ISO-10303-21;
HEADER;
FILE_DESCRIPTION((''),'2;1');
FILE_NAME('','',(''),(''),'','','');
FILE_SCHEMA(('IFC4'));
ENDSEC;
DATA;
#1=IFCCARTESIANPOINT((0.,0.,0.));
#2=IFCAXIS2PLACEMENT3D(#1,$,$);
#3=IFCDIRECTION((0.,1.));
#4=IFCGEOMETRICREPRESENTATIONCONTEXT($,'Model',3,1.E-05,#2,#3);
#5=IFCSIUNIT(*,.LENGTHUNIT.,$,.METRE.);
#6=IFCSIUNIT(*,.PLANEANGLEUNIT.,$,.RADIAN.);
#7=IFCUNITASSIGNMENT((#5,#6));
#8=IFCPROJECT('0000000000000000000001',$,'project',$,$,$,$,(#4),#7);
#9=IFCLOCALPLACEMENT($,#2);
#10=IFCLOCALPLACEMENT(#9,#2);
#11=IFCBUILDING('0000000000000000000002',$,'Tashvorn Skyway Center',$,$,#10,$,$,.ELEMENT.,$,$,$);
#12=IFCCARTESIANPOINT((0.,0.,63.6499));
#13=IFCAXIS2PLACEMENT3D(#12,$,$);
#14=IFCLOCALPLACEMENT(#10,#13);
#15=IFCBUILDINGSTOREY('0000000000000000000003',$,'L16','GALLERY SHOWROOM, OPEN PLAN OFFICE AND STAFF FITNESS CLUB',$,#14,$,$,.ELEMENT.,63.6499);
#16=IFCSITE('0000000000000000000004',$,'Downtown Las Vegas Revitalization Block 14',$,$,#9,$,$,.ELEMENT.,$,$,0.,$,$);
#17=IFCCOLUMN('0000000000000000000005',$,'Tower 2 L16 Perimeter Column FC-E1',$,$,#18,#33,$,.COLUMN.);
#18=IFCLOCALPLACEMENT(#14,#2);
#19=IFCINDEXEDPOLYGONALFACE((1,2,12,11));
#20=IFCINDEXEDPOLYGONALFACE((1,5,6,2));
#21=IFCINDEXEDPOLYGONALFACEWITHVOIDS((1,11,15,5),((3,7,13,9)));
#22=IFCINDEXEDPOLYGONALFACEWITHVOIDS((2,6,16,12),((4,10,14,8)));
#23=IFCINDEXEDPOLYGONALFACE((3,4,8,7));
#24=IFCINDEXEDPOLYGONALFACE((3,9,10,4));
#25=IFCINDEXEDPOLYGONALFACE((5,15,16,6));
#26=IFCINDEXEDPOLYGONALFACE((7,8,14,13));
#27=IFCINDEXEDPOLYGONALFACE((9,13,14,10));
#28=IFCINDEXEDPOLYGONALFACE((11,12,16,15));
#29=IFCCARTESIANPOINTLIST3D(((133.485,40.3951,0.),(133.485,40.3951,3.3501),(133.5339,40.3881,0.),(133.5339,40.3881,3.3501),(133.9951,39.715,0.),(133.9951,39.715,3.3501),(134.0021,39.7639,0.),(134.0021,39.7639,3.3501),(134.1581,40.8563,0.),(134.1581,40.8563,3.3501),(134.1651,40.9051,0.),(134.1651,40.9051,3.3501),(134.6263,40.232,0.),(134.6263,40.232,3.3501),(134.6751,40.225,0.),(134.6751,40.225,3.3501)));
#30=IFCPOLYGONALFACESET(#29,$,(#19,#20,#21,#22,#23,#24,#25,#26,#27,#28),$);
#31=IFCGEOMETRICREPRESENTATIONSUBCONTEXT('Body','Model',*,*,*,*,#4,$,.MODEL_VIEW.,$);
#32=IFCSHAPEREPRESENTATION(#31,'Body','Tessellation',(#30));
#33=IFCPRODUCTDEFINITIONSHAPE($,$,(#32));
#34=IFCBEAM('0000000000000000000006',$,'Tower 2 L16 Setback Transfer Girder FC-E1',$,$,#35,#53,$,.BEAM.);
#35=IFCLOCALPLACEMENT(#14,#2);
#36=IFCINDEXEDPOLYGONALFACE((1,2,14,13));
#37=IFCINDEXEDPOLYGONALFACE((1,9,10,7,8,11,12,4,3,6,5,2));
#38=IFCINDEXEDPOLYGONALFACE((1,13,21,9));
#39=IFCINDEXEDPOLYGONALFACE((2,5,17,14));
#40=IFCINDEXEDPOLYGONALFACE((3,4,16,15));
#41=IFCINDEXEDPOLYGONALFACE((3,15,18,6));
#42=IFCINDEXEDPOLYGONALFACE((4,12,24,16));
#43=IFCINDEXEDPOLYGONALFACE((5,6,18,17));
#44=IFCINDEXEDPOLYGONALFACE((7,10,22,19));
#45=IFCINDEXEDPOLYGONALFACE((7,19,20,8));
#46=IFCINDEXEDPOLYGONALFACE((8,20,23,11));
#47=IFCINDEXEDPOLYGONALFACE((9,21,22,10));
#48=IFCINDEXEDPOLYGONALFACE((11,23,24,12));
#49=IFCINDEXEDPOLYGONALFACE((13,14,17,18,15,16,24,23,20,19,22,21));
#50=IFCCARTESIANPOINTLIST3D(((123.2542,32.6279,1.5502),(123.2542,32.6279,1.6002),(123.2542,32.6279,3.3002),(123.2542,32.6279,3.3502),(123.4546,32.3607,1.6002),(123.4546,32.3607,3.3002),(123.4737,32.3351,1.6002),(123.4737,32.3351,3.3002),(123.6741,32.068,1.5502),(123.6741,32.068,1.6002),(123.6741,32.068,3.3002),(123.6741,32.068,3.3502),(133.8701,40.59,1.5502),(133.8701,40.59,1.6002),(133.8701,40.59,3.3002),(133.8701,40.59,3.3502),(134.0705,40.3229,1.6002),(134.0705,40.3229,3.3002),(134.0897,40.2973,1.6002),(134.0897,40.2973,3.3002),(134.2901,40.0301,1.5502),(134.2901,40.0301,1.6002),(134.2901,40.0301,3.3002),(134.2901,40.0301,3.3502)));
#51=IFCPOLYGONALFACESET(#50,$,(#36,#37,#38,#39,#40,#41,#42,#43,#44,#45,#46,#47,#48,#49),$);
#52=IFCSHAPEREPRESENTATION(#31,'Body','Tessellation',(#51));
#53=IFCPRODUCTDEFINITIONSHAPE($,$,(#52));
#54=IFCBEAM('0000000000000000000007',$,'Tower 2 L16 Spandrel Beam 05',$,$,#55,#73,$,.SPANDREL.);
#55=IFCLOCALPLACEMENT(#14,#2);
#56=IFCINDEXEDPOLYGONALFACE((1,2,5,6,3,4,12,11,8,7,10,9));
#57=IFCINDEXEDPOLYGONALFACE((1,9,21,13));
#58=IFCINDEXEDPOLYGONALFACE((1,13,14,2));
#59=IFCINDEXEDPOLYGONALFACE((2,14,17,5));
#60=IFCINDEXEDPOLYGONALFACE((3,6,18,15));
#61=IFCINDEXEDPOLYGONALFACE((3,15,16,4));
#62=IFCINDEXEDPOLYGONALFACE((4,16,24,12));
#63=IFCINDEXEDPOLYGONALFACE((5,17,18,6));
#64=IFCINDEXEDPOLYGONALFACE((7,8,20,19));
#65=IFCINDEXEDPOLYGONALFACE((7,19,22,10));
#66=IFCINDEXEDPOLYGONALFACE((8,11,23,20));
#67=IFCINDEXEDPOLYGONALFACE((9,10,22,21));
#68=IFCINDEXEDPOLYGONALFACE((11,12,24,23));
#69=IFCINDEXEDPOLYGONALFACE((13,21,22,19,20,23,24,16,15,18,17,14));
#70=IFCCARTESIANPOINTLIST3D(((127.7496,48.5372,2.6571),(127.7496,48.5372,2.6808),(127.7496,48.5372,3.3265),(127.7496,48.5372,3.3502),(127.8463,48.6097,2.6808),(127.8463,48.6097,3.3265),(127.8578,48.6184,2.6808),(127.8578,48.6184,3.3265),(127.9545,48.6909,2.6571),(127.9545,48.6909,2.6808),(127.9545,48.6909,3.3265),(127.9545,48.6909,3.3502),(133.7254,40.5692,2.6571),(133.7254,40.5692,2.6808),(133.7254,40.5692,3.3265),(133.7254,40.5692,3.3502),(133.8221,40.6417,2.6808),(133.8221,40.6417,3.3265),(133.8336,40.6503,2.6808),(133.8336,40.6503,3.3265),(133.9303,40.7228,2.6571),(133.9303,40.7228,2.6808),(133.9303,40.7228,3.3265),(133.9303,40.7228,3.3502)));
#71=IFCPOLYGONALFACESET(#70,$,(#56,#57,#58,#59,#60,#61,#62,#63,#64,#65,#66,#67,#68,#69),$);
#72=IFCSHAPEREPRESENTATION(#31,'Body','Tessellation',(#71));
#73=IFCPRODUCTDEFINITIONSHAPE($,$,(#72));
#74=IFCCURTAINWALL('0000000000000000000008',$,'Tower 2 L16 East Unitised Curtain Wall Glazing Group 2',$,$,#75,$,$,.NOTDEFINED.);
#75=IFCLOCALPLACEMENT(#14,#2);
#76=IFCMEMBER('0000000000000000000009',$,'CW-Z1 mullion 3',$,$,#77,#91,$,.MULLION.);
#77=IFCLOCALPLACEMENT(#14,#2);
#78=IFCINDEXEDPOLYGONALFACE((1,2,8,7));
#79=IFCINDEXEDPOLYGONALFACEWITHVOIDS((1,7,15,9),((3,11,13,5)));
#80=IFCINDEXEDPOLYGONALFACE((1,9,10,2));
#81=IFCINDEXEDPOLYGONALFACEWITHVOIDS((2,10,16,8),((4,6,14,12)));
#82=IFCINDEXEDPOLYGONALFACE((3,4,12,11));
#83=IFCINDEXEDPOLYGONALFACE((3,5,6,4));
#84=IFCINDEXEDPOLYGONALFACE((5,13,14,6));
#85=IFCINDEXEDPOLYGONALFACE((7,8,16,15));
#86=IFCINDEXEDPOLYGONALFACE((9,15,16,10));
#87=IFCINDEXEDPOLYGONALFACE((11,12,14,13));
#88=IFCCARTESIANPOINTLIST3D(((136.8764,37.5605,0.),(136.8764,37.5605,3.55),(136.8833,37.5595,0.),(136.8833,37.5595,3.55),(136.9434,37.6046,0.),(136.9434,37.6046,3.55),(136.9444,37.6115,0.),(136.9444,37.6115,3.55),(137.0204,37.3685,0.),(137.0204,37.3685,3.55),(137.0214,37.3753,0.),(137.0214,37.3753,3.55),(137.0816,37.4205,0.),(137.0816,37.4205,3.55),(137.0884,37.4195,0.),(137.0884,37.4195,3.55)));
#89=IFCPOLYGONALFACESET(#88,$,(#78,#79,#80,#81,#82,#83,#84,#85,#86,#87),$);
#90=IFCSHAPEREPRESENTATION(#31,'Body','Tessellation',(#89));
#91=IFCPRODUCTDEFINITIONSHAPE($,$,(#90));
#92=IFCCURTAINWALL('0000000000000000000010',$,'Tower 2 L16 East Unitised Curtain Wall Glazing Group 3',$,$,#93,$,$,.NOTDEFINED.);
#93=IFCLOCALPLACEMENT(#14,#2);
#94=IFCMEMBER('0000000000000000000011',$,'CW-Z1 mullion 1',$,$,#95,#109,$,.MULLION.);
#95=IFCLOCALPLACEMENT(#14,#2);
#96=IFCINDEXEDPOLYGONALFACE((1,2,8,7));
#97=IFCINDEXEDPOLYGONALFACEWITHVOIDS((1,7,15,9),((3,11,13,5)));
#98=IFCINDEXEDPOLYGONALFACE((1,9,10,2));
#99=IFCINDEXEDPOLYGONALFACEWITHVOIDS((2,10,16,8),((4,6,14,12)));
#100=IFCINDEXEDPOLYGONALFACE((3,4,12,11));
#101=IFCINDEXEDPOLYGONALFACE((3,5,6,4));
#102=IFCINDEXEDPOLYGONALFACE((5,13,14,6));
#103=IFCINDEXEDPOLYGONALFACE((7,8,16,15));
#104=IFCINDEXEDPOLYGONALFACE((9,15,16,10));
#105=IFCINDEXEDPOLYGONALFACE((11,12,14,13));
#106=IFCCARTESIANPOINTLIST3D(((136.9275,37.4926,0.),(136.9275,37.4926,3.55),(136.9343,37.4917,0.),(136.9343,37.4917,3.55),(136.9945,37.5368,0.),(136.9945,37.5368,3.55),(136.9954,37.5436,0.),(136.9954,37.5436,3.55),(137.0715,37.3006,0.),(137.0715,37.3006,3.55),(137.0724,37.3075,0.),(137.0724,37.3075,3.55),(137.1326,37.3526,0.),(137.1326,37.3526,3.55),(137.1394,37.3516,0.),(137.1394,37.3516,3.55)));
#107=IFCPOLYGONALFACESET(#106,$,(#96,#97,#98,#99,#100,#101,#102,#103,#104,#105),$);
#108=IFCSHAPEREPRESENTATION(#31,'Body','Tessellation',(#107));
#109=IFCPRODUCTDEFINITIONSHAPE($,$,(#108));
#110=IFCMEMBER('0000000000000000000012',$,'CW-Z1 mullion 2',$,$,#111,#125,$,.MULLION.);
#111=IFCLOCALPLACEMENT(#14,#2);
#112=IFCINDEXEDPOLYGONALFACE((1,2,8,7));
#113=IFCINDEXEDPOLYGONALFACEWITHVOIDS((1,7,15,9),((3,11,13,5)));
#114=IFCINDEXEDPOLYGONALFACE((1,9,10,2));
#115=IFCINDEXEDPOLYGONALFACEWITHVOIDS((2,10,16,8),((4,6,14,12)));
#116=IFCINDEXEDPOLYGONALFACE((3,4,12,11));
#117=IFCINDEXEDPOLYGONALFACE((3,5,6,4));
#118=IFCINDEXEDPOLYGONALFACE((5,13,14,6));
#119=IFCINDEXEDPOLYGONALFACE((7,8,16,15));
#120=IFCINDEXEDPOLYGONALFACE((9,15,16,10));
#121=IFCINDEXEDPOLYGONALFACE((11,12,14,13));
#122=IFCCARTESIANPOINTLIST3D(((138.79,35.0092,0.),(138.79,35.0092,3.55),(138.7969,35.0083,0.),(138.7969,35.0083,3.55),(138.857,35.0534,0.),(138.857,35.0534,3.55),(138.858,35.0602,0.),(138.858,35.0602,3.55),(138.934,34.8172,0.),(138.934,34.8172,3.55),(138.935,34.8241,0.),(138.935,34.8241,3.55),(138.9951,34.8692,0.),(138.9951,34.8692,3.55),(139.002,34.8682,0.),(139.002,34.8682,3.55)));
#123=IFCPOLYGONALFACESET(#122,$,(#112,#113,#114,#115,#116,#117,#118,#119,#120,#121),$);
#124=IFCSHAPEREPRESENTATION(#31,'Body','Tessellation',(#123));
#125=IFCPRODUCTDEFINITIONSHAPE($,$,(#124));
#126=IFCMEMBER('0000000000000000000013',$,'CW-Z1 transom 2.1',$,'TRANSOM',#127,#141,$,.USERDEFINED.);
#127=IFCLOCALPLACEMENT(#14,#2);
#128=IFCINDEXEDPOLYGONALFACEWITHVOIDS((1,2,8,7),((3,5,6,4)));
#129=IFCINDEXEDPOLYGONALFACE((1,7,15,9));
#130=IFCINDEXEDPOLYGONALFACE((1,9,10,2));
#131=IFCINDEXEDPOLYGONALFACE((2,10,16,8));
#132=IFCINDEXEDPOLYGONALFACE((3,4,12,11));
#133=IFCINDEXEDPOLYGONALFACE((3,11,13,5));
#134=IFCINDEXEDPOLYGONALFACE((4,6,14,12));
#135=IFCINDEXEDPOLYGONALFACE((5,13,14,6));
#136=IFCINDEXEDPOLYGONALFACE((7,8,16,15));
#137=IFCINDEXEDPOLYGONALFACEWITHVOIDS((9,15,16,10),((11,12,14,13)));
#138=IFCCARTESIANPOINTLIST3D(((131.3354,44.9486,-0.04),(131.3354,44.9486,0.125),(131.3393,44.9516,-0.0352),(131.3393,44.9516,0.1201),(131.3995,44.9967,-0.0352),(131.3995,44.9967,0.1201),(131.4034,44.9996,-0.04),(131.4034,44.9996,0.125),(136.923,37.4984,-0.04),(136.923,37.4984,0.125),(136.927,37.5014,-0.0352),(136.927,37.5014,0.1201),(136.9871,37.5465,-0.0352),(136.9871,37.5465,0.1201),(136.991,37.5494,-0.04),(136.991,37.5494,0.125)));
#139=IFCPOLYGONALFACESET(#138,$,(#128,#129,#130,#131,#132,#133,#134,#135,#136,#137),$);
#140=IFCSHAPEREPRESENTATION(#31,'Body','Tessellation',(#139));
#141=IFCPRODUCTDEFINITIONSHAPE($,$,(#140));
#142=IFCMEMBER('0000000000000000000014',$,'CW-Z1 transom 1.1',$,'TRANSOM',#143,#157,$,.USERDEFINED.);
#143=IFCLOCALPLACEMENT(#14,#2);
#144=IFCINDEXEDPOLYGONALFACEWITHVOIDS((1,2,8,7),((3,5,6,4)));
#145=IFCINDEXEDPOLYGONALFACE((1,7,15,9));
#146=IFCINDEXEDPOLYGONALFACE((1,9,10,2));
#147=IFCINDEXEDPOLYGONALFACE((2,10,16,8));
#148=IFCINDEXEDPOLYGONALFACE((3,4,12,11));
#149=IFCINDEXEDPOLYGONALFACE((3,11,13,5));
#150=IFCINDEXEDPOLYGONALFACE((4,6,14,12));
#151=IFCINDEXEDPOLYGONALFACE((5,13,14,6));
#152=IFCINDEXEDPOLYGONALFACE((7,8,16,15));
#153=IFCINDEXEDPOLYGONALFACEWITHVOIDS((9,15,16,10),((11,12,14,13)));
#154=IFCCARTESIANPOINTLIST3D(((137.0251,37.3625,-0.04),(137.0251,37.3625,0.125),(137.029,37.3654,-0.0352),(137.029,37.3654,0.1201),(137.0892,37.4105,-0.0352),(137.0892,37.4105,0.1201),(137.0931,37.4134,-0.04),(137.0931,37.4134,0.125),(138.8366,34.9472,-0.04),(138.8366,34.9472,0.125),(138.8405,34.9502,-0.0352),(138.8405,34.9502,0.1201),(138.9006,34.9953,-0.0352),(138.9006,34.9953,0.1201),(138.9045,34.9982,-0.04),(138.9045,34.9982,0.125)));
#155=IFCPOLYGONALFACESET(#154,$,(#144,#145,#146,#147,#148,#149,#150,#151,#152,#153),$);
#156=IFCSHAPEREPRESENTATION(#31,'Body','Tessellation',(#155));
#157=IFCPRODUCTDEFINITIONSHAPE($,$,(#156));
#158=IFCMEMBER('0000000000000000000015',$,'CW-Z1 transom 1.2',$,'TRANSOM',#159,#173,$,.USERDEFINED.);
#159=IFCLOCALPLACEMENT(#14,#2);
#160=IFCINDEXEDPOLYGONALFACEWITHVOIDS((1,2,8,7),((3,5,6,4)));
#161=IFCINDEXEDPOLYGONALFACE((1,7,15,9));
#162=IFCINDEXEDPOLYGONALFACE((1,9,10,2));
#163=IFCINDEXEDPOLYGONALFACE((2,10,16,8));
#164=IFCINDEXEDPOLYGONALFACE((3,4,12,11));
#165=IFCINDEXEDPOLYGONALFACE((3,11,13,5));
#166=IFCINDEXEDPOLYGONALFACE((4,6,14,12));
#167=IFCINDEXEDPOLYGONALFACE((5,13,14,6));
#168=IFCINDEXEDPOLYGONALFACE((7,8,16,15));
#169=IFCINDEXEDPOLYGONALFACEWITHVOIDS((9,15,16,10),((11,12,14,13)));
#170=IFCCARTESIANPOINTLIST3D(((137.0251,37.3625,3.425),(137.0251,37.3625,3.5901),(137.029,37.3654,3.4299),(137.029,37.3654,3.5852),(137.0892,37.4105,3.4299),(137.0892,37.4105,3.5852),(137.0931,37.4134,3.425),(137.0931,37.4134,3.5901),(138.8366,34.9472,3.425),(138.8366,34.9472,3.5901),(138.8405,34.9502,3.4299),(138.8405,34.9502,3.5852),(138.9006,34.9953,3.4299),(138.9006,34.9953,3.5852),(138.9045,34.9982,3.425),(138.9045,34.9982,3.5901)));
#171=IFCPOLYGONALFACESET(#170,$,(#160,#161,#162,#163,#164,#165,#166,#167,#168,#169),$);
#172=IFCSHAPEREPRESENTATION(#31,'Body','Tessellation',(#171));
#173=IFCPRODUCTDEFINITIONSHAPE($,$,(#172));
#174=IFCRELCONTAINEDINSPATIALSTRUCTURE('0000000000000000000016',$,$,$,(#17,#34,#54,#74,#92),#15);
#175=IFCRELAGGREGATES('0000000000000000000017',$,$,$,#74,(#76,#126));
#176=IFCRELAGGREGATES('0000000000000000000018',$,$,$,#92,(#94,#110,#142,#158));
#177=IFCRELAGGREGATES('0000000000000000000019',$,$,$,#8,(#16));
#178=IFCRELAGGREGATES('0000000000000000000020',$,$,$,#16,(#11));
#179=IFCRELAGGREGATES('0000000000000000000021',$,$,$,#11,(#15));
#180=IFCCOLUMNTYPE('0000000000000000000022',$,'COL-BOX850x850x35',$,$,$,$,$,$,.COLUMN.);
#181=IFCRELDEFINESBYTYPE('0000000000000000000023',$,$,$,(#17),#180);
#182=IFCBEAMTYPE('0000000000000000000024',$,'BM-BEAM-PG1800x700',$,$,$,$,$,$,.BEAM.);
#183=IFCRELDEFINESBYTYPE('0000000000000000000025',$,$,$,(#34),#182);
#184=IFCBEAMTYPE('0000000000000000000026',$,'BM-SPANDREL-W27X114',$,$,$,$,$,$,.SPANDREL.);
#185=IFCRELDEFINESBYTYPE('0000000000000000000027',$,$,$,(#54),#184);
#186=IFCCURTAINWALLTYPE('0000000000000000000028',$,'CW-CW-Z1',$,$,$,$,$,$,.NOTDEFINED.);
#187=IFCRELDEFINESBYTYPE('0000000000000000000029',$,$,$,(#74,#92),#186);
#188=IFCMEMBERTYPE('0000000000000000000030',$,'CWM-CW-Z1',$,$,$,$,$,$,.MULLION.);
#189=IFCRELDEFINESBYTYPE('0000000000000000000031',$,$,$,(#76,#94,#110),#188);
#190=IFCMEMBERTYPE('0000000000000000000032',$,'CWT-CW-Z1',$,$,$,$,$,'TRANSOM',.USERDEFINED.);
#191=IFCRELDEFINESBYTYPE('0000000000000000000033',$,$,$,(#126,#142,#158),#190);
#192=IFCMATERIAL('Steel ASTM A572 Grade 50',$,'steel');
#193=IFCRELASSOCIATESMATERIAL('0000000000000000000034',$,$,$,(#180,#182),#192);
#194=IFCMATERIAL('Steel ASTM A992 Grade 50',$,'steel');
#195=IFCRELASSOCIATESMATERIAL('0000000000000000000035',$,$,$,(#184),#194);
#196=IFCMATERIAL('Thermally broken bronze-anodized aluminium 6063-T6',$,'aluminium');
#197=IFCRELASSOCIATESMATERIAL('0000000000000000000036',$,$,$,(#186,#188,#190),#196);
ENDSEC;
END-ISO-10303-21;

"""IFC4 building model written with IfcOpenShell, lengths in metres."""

from ifc_helpers import new_model, si_unit, direction, frame, origin, origin_2d, place, context, subcontext, project, spatial, hollow_rectangle, i_section, extrude, material, material_profile, profile_set, type_object, element, aggregate, save


model = new_model("IFC4")

# Units and contexts
model_context = context("Model", 3, precision=1e-05, world=origin(), true_north=direction((0.0, 1.0)))
body_context = subcontext(model_context, "Body", "Model", "MODEL_VIEW")
ifc_project = project(units=[si_unit("LENGTHUNIT", "METRE"), si_unit("PLANEANGLEUNIT", "RADIAN")], contexts=[model_context])

# Site, building, storey
site_placement = place(None, origin())
site = spatial("IfcSite", under=ifc_project, at=site_placement, Name="Downtown Las Vegas Revitalization Block 14", CompositionType="ELEMENT", RefElevation=0.0)
building_placement = place(site_placement, origin())
building = spatial("IfcBuilding", under=site, at=building_placement, Name="Tashvorn Skyway Center", CompositionType="ELEMENT")
storey_placement = place(building_placement, frame((0.0, 0.0, 63.6499)))
storey = spatial("IfcBuildingStorey", under=building, at=storey_placement, Name="L16", Description="GALLERY SHOWROOM, OPEN PLAN OFFICE AND STAFF FITNESS CLUB", CompositionType="ELEMENT", Elevation=63.6499)

# Column
ifc_material_1 = material(Name="Steel ASTM A572 Grade 50", Category="steel")
ifc_material_profile_1 = material_profile(ifc_material_1, hollow_rectangle(XDim=0.8501, YDim=0.8501, WallThickness=0.0349, at=origin_2d()), Name="BOX850x850x35")
ifc_profile_set_1 = profile_set([ifc_material_profile_1], Name="Steel ASTM A572 Grade 50")
column_type = type_object("IfcColumnType", Name="COL-BOX850x850x35", PredefinedType="COLUMN", material=ifc_profile_set_1)
column_placement = place(storey_placement, frame((134.0801, 40.3101, 0.0), z_axis=(0.0, 0.0, 1.0), x_axis=(0.8, 0.6, 0.0)))
element("IfcColumn", 1, at=column_placement, inside=storey, type_object=column_type, Name="Tower 2 L16 Perimeter Column FC-E1", PredefinedType="COLUMN", context=body_context, shape_type="SweptSolid", body=[
    extrude(hollow_rectangle(XDim=0.8501, YDim=0.8501, WallThickness=0.0349, at=origin_2d()), origin(), (0.0, 0.0, 1.0), 3.3501),
])

# Beams
ifc_material_profile_2 = material_profile(ifc_material_1, i_section(OverallWidth=0.7, OverallDepth=1.8, WebThickness=0.032, FlangeThickness=0.05, at=origin_2d()), Name="PG1800x700")
ifc_profile_set_2 = profile_set([ifc_material_profile_2], Name="Steel ASTM A572 Grade 50")
beam_type_1 = type_object("IfcBeamType", Name="BM-BEAM-PG1800x700", PredefinedType="BEAM", material=ifc_profile_set_2)
beam_1_placement = place(storey_placement, frame((134.0801, 40.3101, 2.4502), z_axis=(-0.799993, -0.600009, 0.0), x_axis=(0.600009, -0.799993, 0.0)))
element("IfcBeam", 2, at=beam_1_placement, inside=storey, type_object=beam_type_1, Name="Tower 2 L16 Setback Transfer Girder FC-E1", PredefinedType="BEAM", context=body_context, shape_type="SweptSolid", body=[
    extrude(i_section(OverallWidth=0.7, OverallDepth=1.8, WebThickness=0.032, FlangeThickness=0.05, at=origin_2d()), origin(), (0.0, 0.0, 1.0), 13.27),
])
ifc_material_2 = material(Name="Steel ASTM A992 Grade 50", Category="steel")
ifc_material_profile_3 = material_profile(ifc_material_2, i_section(OverallWidth=0.2561, OverallDepth=0.6931, WebThickness=0.0144, FlangeThickness=0.0237, at=origin_2d()), Name="W27X114")
ifc_profile_set_3 = profile_set([ifc_material_profile_3], Name="Steel ASTM A992 Grade 50")
beam_type_2 = type_object("IfcBeamType", Name="BM-SPANDREL-W27X114", PredefinedType="SPANDREL", material=ifc_profile_set_3)
beam_2_placement = place(storey_placement, frame((133.8279, 40.646, 3.0037), z_axis=(-0.599988, 0.800009, 0.0), x_axis=(-0.800009, -0.599988, 0.0)))
element("IfcBeam", 3, at=beam_2_placement, inside=storey, type_object=beam_type_2, Name="Tower 2 L16 Spandrel Beam 05", PredefinedType="SPANDREL", context=body_context, shape_type="SweptSolid", body=[
    extrude(i_section(OverallWidth=0.2561, OverallDepth=0.6931, WebThickness=0.0144, FlangeThickness=0.0237, at=origin_2d()), origin(), (0.0, 0.0, 1.0), 9.96),
])

# Curtain wall, member
ifc_material_3 = material(Name="Thermally broken bronze-anodized aluminium 6063-T6", Category="aluminium")
curtain_wall_type = type_object("IfcCurtainWallType", Name="CW-CW-Z1", PredefinedType="NOTDEFINED", material=ifc_material_3)
curtain_wall_1_placement = place(storey_placement, origin())
curtain_wall_1 = element("IfcCurtainWall", 4, at=curtain_wall_1_placement, inside=storey, type_object=curtain_wall_type, Name="Tower 2 L16 East Unitised Curtain Wall Glazing Group 2", PredefinedType="NOTDEFINED")
ifc_material_profile_4 = material_profile(ifc_material_3, hollow_rectangle(XDim=0.085, YDim=0.24, WallThickness=0.0049, at=origin_2d()), Name="ALU-MULL-85x240")
ifc_profile_set_4 = profile_set([ifc_material_profile_4], Name="Thermally broken bronze-anodized aluminium 6063-T6")
member_type_1 = type_object("IfcMemberType", Name="CWM-CW-Z1", PredefinedType="MULLION", material=ifc_profile_set_4)
member_1_placement = place(storey_placement, frame((136.9824, 37.49, 0.0), z_axis=(0.0, 0.0, 1.0), x_axis=(0.8, 0.6, 0.0)))
member_1 = element("IfcMember", 5, at=member_1_placement, type_object=member_type_1, Name="CW-Z1 mullion 3", PredefinedType="MULLION", context=body_context, shape_type="SweptSolid", body=[
    extrude(hollow_rectangle(XDim=0.085, YDim=0.24, WallThickness=0.0049, at=origin_2d()), origin(), (0.0, 0.0, 1.0), 3.55),
])

# Curtain wall, members
curtain_wall_2_placement = place(storey_placement, origin())
curtain_wall_2 = element("IfcCurtainWall", 6, at=curtain_wall_2_placement, inside=storey, type_object=curtain_wall_type, Name="Tower 2 L16 East Unitised Curtain Wall Glazing Group 3", PredefinedType="NOTDEFINED")
member_2_placement = place(storey_placement, frame((137.0334, 37.4221, 0.0), z_axis=(0.0, 0.0, 1.0), x_axis=(0.800002, 0.599997, 0.0)))
member_2 = element("IfcMember", 7, at=member_2_placement, type_object=member_type_1, Name="CW-Z1 mullion 1", PredefinedType="MULLION", context=body_context, shape_type="SweptSolid", body=[
    extrude(hollow_rectangle(XDim=0.085, YDim=0.24, WallThickness=0.0049, at=origin_2d()), origin(), (0.0, 0.0, 1.0), 3.55),
])
member_3_placement = place(storey_placement, frame((138.896, 34.9387, 0.0), z_axis=(0.0, 0.0, 1.0), x_axis=(0.800002, 0.599997, 0.0)))
member_3 = element("IfcMember", 8, at=member_3_placement, type_object=member_type_1, Name="CW-Z1 mullion 2", PredefinedType="MULLION", context=body_context, shape_type="SweptSolid", body=[
    extrude(hollow_rectangle(XDim=0.085, YDim=0.24, WallThickness=0.0049, at=origin_2d()), origin(), (0.0, 0.0, 1.0), 3.55),
])

# Members
ifc_material_profile_5 = material_profile(ifc_material_3, hollow_rectangle(XDim=0.085, YDim=0.165, WallThickness=0.0049, at=origin_2d()), Name="ALU-TRAN-85x165")
ifc_profile_set_5 = profile_set([ifc_material_profile_5], Name="Thermally broken bronze-anodized aluminium 6063-T6")
member_type_2 = type_object("IfcMemberType", Name="CWT-CW-Z1", ElementType="TRANSOM", PredefinedType="USERDEFINED", material=ifc_profile_set_5)
member_4_placement = place(storey_placement, frame((131.3694, 44.9741, 0.0425), z_axis=(0.6, -0.8, 0.0), x_axis=(0.8, 0.6, 0.0)))
member_4 = element("IfcMember", 9, at=member_4_placement, type_object=member_type_2, Name="CW-Z1 transom 2.1", ObjectType="TRANSOM", PredefinedType="USERDEFINED", context=body_context, shape_type="SweptSolid", body=[
    extrude(hollow_rectangle(XDim=0.085, YDim=0.165, WallThickness=0.0049, at=origin_2d()), origin(), (0.0, 0.0, 1.0), 9.3127),
])
member_5_placement = place(storey_placement, frame((137.0591, 37.3879, 0.0425), z_axis=(0.600013, -0.79999, 0.0), x_axis=(0.79999, 0.600013, 0.0)))
member_5 = element("IfcMember", 10, at=member_5_placement, type_object=member_type_2, Name="CW-Z1 transom 1.1", ObjectType="TRANSOM", PredefinedType="USERDEFINED", context=body_context, shape_type="SweptSolid", body=[
    extrude(hollow_rectangle(XDim=0.085, YDim=0.165, WallThickness=0.0049, at=origin_2d()), origin(), (0.0, 0.0, 1.0), 3.019),
])
member_6_placement = place(storey_placement, frame((137.0591, 37.3879, 3.5076), z_axis=(0.600013, -0.79999, 0.0), x_axis=(0.79999, 0.600013, 0.0)))
member_6 = element("IfcMember", 11, at=member_6_placement, type_object=member_type_2, Name="CW-Z1 transom 1.2", ObjectType="TRANSOM", PredefinedType="USERDEFINED", context=body_context, shape_type="SweptSolid", body=[
    extrude(hollow_rectangle(XDim=0.085, YDim=0.165, WallThickness=0.0049, at=origin_2d()), origin(), (0.0, 0.0, 1.0), 3.019),
])

aggregate(curtain_wall_1, [member_1, member_4])
aggregate(curtain_wall_2, [member_2, member_3, member_5, member_6])

save(model, "model.ifc")
